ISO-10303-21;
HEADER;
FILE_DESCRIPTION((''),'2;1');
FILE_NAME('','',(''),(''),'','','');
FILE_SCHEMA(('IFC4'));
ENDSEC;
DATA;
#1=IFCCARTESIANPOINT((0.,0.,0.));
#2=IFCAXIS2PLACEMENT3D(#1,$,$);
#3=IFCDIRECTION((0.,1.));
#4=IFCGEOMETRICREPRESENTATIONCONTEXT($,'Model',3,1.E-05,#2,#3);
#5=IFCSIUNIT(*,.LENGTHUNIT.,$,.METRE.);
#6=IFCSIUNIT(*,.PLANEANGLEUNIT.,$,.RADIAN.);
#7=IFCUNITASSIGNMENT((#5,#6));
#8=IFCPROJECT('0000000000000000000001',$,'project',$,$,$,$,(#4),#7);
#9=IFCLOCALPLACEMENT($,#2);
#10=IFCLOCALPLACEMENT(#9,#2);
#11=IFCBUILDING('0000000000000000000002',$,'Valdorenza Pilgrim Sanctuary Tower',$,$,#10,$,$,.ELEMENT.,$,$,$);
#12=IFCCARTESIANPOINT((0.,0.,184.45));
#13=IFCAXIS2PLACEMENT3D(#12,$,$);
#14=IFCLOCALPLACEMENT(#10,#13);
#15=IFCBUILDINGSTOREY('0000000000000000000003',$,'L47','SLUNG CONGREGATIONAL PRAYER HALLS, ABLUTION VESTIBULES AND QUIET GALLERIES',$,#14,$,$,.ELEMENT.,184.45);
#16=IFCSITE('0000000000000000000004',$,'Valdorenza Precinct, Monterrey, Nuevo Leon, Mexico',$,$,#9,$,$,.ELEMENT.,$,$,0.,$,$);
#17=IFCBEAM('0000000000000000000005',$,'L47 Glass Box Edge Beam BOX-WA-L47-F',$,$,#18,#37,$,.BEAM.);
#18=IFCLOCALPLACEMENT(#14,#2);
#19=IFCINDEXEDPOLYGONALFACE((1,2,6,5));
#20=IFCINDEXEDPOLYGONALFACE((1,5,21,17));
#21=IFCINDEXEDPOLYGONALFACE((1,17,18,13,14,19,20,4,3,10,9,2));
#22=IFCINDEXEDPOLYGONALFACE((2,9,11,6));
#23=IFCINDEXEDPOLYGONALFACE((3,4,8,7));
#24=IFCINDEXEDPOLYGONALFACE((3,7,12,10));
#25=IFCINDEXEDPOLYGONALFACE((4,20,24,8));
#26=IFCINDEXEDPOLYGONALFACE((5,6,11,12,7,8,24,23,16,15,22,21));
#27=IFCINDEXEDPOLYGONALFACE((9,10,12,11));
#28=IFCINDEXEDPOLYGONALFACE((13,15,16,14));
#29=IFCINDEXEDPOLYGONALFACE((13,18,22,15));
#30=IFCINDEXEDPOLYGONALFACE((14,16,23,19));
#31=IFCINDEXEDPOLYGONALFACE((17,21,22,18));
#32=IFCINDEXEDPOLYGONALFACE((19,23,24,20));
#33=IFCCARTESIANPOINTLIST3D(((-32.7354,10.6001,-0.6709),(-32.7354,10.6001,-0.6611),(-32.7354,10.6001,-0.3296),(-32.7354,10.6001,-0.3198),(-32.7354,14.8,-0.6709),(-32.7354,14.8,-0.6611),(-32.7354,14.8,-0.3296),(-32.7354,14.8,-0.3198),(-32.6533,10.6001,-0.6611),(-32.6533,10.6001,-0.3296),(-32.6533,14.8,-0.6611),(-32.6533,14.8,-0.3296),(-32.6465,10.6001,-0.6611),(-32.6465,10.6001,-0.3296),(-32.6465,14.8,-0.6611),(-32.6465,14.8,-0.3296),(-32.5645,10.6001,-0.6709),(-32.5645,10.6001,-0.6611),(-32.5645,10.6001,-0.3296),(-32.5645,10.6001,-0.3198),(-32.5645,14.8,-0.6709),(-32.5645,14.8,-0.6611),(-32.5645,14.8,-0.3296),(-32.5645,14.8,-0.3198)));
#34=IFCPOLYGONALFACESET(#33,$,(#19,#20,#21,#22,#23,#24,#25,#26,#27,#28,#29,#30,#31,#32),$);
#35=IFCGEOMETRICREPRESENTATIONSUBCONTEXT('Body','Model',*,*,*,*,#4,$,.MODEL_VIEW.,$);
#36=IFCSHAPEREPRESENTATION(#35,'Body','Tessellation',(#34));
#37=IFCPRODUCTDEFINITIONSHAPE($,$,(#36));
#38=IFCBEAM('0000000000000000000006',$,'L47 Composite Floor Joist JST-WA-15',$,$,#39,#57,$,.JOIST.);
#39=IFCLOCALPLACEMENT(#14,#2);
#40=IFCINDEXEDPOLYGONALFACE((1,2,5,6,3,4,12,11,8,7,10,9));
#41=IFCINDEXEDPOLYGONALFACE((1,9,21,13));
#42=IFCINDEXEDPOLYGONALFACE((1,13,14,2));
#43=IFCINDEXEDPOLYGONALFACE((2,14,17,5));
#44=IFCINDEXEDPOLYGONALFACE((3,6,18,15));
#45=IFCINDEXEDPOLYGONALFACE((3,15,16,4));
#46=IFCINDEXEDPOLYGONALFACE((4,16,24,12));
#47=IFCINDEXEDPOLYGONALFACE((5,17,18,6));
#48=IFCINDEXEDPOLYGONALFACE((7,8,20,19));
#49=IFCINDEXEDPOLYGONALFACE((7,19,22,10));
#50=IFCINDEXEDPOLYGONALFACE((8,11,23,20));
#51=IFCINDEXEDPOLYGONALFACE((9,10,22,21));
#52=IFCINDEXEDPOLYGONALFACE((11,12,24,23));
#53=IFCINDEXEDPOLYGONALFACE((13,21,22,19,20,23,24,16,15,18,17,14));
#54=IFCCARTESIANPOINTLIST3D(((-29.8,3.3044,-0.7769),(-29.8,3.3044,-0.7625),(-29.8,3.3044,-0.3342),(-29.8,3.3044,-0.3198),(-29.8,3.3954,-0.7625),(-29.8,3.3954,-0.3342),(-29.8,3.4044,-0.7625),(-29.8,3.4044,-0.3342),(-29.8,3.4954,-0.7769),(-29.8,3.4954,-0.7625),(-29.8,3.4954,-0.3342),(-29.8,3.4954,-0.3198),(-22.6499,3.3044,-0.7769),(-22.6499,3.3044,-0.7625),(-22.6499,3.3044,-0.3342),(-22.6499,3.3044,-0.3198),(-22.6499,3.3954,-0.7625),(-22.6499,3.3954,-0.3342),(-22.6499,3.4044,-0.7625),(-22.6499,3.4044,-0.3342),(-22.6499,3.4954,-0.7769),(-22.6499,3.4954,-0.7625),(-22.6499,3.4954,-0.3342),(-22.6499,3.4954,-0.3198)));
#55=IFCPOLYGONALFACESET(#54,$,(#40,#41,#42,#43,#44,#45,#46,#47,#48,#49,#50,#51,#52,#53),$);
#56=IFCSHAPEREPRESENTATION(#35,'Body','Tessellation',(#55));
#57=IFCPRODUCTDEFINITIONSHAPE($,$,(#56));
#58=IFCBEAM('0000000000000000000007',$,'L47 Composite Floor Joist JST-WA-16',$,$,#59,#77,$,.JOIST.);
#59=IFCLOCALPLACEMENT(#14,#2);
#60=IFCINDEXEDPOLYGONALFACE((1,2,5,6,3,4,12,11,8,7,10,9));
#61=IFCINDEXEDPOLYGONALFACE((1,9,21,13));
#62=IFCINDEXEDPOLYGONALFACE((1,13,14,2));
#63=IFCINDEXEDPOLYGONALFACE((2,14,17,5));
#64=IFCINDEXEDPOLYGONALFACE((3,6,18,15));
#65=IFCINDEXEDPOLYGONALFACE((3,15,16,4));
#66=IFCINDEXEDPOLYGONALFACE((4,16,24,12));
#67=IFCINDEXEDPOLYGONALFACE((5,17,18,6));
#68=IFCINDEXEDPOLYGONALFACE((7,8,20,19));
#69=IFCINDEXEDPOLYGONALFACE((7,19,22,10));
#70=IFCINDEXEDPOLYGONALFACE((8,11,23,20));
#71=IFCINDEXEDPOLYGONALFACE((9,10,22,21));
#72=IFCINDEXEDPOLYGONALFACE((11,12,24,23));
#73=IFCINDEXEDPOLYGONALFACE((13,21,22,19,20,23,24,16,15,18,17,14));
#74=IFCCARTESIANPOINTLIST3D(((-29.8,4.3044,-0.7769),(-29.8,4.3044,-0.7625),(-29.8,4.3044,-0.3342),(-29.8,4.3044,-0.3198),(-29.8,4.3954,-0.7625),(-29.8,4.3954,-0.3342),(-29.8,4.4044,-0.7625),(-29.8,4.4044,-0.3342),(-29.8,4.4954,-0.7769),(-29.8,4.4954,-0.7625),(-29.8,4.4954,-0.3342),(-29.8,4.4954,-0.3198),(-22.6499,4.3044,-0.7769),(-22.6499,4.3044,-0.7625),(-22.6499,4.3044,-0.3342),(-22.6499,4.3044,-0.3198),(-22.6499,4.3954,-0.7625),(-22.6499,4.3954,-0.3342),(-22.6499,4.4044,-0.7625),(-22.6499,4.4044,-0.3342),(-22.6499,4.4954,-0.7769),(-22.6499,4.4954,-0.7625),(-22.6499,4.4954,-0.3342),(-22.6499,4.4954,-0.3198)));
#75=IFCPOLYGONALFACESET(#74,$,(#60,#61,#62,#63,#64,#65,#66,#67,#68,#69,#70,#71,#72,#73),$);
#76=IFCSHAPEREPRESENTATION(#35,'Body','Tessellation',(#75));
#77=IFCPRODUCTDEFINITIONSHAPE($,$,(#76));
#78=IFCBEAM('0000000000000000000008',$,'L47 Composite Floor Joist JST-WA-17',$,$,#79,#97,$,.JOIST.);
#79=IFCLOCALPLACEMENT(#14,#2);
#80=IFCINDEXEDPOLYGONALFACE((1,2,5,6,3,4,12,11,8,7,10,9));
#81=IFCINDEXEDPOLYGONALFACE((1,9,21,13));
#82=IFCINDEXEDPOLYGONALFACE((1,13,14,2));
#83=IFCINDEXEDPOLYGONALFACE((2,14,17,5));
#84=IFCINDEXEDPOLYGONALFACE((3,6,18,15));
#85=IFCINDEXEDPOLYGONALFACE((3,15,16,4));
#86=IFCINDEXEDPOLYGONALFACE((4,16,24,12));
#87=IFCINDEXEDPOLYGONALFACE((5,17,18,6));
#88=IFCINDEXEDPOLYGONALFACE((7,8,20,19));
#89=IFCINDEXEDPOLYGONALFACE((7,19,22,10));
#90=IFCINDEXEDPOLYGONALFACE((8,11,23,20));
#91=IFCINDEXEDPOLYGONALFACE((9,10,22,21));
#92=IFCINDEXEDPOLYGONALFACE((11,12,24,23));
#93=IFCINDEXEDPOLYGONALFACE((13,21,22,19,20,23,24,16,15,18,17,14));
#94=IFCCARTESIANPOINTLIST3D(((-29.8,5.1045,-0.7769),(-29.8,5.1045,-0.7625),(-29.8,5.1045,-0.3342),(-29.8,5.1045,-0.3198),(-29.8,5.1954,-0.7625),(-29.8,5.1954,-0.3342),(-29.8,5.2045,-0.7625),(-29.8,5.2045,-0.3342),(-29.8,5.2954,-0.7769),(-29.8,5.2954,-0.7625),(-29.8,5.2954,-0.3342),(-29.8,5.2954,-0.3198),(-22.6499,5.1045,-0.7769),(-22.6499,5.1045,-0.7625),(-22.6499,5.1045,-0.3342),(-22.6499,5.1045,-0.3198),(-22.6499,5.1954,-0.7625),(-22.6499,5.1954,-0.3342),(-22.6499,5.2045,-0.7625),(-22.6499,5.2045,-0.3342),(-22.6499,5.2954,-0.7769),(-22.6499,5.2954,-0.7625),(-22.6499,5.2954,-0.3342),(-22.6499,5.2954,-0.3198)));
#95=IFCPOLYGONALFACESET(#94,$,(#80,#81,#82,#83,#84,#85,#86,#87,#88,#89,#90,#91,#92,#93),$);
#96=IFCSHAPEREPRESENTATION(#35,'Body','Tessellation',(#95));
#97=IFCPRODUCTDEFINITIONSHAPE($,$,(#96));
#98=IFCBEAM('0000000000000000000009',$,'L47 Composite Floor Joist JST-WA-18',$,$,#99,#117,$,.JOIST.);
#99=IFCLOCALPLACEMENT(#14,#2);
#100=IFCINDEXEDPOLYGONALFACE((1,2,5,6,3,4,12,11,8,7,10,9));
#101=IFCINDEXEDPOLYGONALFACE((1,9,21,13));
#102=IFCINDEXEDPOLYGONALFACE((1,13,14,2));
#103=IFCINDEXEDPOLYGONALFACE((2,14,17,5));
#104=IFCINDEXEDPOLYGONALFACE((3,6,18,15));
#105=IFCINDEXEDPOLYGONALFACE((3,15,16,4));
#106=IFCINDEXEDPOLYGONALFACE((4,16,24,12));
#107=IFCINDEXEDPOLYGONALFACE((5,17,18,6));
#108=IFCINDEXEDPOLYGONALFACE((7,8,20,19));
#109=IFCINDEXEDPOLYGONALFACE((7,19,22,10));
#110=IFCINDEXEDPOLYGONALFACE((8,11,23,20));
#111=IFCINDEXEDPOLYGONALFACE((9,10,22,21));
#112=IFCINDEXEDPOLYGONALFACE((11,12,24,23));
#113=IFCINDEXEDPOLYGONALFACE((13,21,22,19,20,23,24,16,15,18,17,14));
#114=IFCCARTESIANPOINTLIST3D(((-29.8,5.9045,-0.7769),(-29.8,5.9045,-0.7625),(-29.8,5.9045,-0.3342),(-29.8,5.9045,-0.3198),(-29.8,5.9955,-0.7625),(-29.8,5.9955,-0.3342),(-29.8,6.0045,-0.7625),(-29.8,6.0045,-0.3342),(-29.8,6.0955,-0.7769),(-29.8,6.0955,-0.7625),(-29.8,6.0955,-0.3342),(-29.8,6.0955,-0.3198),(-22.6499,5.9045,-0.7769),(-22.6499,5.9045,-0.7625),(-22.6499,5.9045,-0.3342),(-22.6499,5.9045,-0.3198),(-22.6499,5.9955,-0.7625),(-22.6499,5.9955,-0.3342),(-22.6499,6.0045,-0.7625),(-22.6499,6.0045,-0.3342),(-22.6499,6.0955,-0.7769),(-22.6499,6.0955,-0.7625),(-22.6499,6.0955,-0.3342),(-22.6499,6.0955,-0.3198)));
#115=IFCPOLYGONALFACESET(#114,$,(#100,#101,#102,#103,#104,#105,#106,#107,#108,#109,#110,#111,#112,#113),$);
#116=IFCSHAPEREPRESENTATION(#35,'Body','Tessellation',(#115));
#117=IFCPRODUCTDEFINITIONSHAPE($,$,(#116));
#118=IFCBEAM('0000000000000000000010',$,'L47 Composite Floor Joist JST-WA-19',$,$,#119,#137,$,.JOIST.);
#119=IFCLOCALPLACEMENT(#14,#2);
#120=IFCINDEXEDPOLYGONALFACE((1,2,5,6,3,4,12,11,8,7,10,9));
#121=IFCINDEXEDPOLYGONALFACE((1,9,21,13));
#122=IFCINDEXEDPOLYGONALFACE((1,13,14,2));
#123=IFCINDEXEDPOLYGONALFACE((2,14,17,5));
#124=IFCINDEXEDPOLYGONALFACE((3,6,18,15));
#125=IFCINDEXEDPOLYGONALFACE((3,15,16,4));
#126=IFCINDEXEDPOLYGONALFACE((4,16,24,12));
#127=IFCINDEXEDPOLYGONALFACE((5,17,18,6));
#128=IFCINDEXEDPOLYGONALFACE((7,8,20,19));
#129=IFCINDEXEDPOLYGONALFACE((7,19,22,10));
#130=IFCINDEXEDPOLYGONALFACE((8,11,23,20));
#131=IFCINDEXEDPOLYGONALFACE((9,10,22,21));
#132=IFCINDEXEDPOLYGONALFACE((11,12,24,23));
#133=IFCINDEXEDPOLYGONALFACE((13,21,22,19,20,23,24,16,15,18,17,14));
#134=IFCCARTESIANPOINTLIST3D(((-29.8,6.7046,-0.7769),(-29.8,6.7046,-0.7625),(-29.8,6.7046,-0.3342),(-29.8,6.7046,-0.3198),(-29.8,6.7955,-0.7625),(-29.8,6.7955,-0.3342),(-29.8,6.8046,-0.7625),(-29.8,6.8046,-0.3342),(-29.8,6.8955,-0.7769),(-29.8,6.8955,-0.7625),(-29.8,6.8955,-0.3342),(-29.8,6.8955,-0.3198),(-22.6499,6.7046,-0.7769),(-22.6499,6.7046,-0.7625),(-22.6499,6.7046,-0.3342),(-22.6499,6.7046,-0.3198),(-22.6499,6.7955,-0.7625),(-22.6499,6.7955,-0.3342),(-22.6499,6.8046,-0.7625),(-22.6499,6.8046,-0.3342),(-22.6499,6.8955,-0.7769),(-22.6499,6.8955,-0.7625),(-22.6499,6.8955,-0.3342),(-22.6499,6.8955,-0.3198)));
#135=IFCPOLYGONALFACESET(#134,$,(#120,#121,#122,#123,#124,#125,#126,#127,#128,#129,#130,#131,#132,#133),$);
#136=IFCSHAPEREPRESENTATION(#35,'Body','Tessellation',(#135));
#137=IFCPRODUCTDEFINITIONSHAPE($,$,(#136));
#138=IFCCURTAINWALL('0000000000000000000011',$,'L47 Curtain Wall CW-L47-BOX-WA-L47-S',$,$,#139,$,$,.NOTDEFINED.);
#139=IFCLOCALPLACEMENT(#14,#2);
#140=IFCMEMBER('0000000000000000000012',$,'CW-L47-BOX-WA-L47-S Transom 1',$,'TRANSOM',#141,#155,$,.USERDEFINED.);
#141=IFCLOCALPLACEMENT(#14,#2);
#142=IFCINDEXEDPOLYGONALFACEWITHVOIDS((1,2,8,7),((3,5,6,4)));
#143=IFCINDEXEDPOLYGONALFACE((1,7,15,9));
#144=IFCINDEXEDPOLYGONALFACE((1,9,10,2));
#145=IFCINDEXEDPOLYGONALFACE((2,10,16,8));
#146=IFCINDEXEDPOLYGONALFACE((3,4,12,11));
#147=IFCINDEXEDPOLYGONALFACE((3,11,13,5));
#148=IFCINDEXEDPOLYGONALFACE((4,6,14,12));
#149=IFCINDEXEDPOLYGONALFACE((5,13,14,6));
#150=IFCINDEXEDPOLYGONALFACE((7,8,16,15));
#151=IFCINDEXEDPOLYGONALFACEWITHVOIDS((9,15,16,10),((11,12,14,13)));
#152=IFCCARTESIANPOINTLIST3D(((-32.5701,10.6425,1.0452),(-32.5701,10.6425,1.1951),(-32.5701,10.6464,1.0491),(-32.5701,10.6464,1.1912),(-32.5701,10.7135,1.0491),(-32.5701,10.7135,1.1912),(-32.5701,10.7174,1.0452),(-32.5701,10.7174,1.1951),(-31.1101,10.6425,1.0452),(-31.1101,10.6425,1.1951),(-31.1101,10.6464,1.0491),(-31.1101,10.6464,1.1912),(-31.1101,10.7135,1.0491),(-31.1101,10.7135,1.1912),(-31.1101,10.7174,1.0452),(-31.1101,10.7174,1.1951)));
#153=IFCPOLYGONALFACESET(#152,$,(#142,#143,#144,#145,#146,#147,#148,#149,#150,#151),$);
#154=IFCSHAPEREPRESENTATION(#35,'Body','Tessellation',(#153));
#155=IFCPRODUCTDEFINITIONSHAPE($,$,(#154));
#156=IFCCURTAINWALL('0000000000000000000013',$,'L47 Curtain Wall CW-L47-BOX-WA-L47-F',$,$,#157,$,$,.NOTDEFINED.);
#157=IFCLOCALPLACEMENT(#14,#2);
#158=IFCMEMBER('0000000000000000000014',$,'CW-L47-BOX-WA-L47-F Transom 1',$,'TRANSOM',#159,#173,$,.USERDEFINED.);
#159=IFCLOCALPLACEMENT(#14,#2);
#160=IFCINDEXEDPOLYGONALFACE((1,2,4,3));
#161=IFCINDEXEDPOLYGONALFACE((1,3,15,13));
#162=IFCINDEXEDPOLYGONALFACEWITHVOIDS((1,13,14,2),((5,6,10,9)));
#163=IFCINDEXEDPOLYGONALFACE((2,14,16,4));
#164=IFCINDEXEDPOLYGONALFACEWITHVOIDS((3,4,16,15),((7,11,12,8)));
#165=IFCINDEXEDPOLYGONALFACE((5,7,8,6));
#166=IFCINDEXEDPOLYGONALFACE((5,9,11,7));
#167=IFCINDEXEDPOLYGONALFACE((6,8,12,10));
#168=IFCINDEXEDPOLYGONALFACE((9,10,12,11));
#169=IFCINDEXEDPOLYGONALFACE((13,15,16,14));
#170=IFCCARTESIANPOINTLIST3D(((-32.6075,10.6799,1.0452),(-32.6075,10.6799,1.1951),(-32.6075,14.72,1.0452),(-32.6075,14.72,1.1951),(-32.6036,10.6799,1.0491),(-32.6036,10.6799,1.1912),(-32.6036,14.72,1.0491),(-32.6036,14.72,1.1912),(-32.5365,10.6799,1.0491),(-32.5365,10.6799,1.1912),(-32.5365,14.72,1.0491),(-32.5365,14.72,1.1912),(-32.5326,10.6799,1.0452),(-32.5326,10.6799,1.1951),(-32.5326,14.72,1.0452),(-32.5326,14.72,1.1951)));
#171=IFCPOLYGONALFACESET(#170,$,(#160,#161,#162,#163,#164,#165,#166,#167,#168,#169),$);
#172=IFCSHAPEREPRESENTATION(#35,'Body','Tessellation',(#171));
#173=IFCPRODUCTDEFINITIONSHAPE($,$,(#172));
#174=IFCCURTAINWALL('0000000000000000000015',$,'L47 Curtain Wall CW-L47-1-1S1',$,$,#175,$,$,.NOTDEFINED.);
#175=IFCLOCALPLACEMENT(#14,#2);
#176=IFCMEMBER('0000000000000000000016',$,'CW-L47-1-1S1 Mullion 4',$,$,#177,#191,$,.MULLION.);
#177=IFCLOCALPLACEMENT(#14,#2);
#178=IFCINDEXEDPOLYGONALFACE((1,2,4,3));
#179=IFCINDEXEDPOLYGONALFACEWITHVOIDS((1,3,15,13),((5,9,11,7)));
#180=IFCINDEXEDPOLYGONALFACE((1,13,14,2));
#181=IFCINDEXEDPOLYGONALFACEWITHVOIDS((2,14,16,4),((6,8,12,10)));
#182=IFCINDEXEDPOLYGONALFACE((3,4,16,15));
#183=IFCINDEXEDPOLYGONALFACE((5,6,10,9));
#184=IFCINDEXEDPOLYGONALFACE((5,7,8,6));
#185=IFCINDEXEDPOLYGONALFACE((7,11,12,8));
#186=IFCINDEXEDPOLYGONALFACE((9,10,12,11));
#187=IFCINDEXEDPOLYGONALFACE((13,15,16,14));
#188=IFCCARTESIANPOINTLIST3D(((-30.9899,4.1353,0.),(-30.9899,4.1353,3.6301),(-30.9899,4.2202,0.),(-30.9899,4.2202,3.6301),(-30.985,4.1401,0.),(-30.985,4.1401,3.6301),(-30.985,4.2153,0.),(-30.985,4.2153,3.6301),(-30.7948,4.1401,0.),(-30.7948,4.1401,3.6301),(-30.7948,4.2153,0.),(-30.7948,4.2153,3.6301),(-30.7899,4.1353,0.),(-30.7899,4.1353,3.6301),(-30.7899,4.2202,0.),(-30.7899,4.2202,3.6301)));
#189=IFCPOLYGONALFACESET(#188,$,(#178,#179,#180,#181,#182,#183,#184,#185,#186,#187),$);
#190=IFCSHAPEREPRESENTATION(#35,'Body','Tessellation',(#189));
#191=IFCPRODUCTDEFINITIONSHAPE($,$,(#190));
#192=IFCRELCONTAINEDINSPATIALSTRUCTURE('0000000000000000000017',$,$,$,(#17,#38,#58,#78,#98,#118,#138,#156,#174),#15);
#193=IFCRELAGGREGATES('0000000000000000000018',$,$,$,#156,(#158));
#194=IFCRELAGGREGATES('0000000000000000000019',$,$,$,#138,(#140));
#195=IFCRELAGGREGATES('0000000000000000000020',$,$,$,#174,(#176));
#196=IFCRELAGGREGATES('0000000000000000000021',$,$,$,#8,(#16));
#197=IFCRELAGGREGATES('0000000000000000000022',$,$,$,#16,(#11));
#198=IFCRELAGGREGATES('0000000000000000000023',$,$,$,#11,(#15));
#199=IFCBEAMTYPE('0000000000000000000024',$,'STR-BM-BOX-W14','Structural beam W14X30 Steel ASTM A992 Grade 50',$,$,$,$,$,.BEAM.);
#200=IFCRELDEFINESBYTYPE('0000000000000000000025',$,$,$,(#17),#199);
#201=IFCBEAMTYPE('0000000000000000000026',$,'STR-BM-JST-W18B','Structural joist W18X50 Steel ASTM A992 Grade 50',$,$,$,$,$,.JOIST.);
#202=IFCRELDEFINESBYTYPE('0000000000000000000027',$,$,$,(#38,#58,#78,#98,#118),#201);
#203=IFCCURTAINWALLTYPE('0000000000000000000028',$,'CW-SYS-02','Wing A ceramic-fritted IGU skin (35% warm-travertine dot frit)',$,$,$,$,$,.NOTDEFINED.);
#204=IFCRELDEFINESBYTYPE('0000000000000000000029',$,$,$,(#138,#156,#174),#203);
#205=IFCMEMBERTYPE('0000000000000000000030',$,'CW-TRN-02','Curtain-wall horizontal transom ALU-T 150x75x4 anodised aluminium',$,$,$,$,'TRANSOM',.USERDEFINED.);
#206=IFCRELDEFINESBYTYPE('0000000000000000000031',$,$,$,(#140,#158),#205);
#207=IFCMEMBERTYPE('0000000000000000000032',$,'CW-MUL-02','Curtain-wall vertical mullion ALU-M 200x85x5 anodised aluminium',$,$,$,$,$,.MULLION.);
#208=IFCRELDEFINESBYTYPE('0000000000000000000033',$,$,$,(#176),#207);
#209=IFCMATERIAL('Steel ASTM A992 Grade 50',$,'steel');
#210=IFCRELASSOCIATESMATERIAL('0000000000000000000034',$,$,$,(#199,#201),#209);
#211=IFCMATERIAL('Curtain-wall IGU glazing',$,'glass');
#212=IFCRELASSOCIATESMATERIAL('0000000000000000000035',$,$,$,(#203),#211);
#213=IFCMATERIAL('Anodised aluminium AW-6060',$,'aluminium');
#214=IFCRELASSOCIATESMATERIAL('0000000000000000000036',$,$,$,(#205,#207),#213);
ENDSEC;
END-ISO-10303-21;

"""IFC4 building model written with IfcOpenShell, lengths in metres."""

from ifc_helpers import new_model, si_unit, direction, frame, origin, origin_2d, place, context, subcontext, project, spatial, hollow_rectangle, i_section, extrude, source, transform, mapped, material, material_profile, profile_set, type_object, element, aggregate, save


model = new_model("IFC4")

# Units and contexts
model_context = context("Model", 3, precision=1e-05, world=origin(), true_north=direction((0.0, 1.0)))
body_context = subcontext(model_context, "Body", "Model", "MODEL_VIEW")
ifc_project = project(units=[si_unit("LENGTHUNIT", "METRE"), si_unit("PLANEANGLEUNIT", "RADIAN")], contexts=[model_context])

# Site, building, storey
site_placement = place(None, origin())
site = spatial("IfcSite", under=ifc_project, at=site_placement, Name="Valdorenza Precinct, Monterrey, Nuevo Leon, Mexico", CompositionType="ELEMENT", RefElevation=0.0)
building_placement = place(site_placement, origin())
building = spatial("IfcBuilding", under=site, at=building_placement, Name="Valdorenza Pilgrim Sanctuary Tower", CompositionType="ELEMENT")
storey_placement = place(building_placement, frame((0.0, 0.0, 184.45)))
storey = spatial("IfcBuildingStorey", under=building, at=storey_placement, Name="L47", Description="SLUNG CONGREGATIONAL PRAYER HALLS, ABLUTION VESTIBULES AND QUIET GALLERIES", CompositionType="ELEMENT", Elevation=184.45)

# Beams
ifc_material_1 = material(Name="Steel ASTM A992 Grade 50", Category="steel")
ifc_material_profile_1 = material_profile(ifc_material_1, i_section(OverallWidth=0.1709, OverallDepth=0.3511, WebThickness=0.0068, FlangeThickness=0.0098, at=origin_2d()), Name="W14X30")
ifc_profile_set_1 = profile_set([ifc_material_profile_1], Name="Steel ASTM A992 Grade 50")
beam_type_1 = type_object("IfcBeamType", Name="STR-BM-BOX-W14", Description="Structural beam W14X30 Steel ASTM A992 Grade 50", PredefinedType="BEAM", material=ifc_profile_set_1)
shared_shape_1 = source(origin(), body_context, "Body", "SweptSolid", [
    extrude(i_section(OverallWidth=0.1709, OverallDepth=0.3511, WebThickness=0.0068, FlangeThickness=0.0098, at=origin_2d()), origin(), (0.0, 0.0, 1.0), 4.2),
])
beam_placement = place(storey_placement, frame((-32.6499, 10.6001, -0.4954), z_axis=(0.0, 1.0, 0.0), x_axis=(-1.0, 0.0, 0.0)))
element("IfcBeam", 1, at=beam_placement, inside=storey, type_object=beam_type_1, Name="L47 Glass Box Edge Beam BOX-WA-L47-F", PredefinedType="BEAM", context=body_context, shape_type="MappedRepresentation", body=[
    mapped(shared_shape_1, transform((0.0, 0.0, 0.0), x_axis=(1.0, 0.0, 0.0), y_axis=(0.0, 1.0, 0.0), z_axis=(0.0, 0.0, 1.0), scale=1.0)),
])
ifc_material_profile_2 = material_profile(ifc_material_1, i_section(OverallWidth=0.1909, OverallDepth=0.457, WebThickness=0.009, FlangeThickness=0.0144, at=origin_2d()), Name="W18X50")
ifc_profile_set_2 = profile_set([ifc_material_profile_2], Name="Steel ASTM A992 Grade 50")
beam_type_2 = type_object("IfcBeamType", Name="STR-BM-JST-W18B", Description="Structural joist W18X50 Steel ASTM A992 Grade 50", PredefinedType="JOIST", material=ifc_profile_set_2)
shared_shape_2 = source(origin(), body_context, "Body", "SweptSolid", [
    extrude(i_section(OverallWidth=0.1909, OverallDepth=0.457, WebThickness=0.009, FlangeThickness=0.0144, at=origin_2d()), origin(), (0.0, 0.0, 1.0), 7.1501),
])
for number, where, z_axis, x_axis, name in (
    (2, (-29.8, 3.3999, -0.5483), (1.0, 0.0, 0.0), (0.0, 1.0, 0.0), "L47 Composite Floor Joist JST-WA-15"),
    (3, (-29.8, 4.3999, -0.5483), (1.0, 0.0, 0.0), (0.0, 1.0, 0.0), "L47 Composite Floor Joist JST-WA-16"),
    (4, (-29.8, 5.2, -0.5483), (1.0, 0.0, 0.0), (0.0, 1.0, 0.0), "L47 Composite Floor Joist JST-WA-17"),
    (5, (-29.8, 6.0, -0.5483), (1.0, 0.0, 0.0), (0.0, 1.0, 0.0), "L47 Composite Floor Joist JST-WA-18"),
    (6, (-29.8, 6.8, -0.5483), (1.0, 0.0, 0.0), (0.0, 1.0, 0.0), "L47 Composite Floor Joist JST-WA-19"),
):
    element("IfcBeam", number, at=place(storey_placement, frame(where, z_axis=z_axis, x_axis=x_axis)), inside=storey, type_object=beam_type_2, Name=name, PredefinedType="JOIST", context=body_context, shape_type="MappedRepresentation", body=[
        mapped(shared_shape_2, transform((0.0, 0.0, 0.0), x_axis=(1.0, 0.0, 0.0), y_axis=(0.0, 1.0, 0.0), z_axis=(0.0, 0.0, 1.0), scale=1.0)),
    ])

# Curtain walls, members
ifc_material_2 = material(Name="Curtain-wall IGU glazing", Category="glass")
curtain_wall_type = type_object("IfcCurtainWallType", Name="CW-SYS-02", Description="Wing A ceramic-fritted IGU skin (35% warm-travertine dot frit)", PredefinedType="NOTDEFINED", material=ifc_material_2)
curtain_wall_1_placement = place(storey_placement, origin())
curtain_wall_1 = element("IfcCurtainWall", 7, at=curtain_wall_1_placement, inside=storey, type_object=curtain_wall_type, Name="L47 Curtain Wall CW-L47-BOX-WA-L47-S", PredefinedType="NOTDEFINED")
ifc_material_3 = material(Name="Anodised aluminium AW-6060", Category="aluminium")
ifc_material_profile_3 = material_profile(ifc_material_3, hollow_rectangle(XDim=0.075, YDim=0.1499, WallThickness=0.0039, at=origin_2d()), Name="ALU-T 150x75x4")
ifc_profile_set_3 = profile_set([ifc_material_profile_3], Name="Anodised aluminium AW-6060")
member_type_1 = type_object("IfcMemberType", Name="CW-TRN-02", Description="Curtain-wall horizontal transom ALU-T 150x75x4 anodised aluminium", ElementType="TRANSOM", PredefinedType="USERDEFINED", material=ifc_profile_set_3)
shared_shape_3 = source(origin(), body_context, "Body", "SweptSolid", [
    extrude(hollow_rectangle(XDim=0.075, YDim=0.1499, WallThickness=0.0039, at=origin_2d()), origin(), (0.0, 0.0, 1.0), 1.46),
])
member_1_placement = place(storey_placement, frame((-31.1101, 10.6799, 1.1201), z_axis=(-1.0, 0.0, 0.0), x_axis=(0.0, -1.0, 0.0)))
member_1 = element("IfcMember", 8, at=member_1_placement, type_object=member_type_1, Name="CW-L47-BOX-WA-L47-S Transom 1", ObjectType="TRANSOM", PredefinedType="USERDEFINED", context=body_context, shape_type="MappedRepresentation", body=[
    mapped(shared_shape_3, transform((0.0, 0.0, 0.0), x_axis=(1.0, 0.0, 0.0), y_axis=(0.0, 1.0, 0.0), z_axis=(0.0, 0.0, 1.0), scale=1.0)),
])
curtain_wall_2_placement = place(storey_placement, origin())
curtain_wall_2 = element("IfcCurtainWall", 9, at=curtain_wall_2_placement, inside=storey, type_object=curtain_wall_type, Name="L47 Curtain Wall CW-L47-BOX-WA-L47-F", PredefinedType="NOTDEFINED")
shared_shape_4 = source(origin(), body_context, "Body", "SweptSolid", [
    extrude(hollow_rectangle(XDim=0.075, YDim=0.1499, WallThickness=0.0039, at=origin_2d()), origin(), (0.0, 0.0, 1.0), 4.04),
])
member_2_placement = place(storey_placement, frame((-32.5701, 10.6799, 1.1201), z_axis=(0.0, 1.0, 0.0), x_axis=(-1.0, 0.0, 0.0)))
member_2 = element("IfcMember", 10, at=member_2_placement, type_object=member_type_1, Name="CW-L47-BOX-WA-L47-F Transom 1", ObjectType="TRANSOM", PredefinedType="USERDEFINED", context=body_context, shape_type="MappedRepresentation", body=[
    mapped(shared_shape_4, transform((0.0, 0.0, 0.0), x_axis=(1.0, 0.0, 0.0), y_axis=(0.0, 1.0, 0.0), z_axis=(0.0, 0.0, 1.0), scale=1.0)),
])
aggregate(curtain_wall_2, [member_2])

# Curtain wall, member
curtain_wall_3_placement = place(storey_placement, origin())
curtain_wall_3 = element("IfcCurtainWall", 11, at=curtain_wall_3_placement, inside=storey, type_object=curtain_wall_type, Name="L47 Curtain Wall CW-L47-1-1S1", PredefinedType="NOTDEFINED")
ifc_material_profile_4 = material_profile(ifc_material_3, hollow_rectangle(XDim=0.085, YDim=0.2, WallThickness=0.0049, at=origin_2d()), Name="ALU-M 200x85x5")
ifc_profile_set_4 = profile_set([ifc_material_profile_4], Name="Anodised aluminium AW-6060")
member_type_2 = type_object("IfcMemberType", Name="CW-MUL-02", Description="Curtain-wall vertical mullion ALU-M 200x85x5 anodised aluminium", PredefinedType="MULLION", material=ifc_profile_set_4)
shared_shape_5 = source(origin(), body_context, "Body", "SweptSolid", [
    extrude(hollow_rectangle(XDim=0.085, YDim=0.2, WallThickness=0.0049, at=origin_2d()), origin(), (0.0, 0.0, 1.0), 3.6301),
])
member_3_placement = place(storey_placement, frame((-30.8899, 4.1777, 0.0), z_axis=(0.0, 0.0, 1.0), x_axis=(0.0, 1.0, 0.0)))
member_3 = element("IfcMember", 12, at=member_3_placement, type_object=member_type_2, Name="CW-L47-1-1S1 Mullion 4", PredefinedType="MULLION", context=body_context, shape_type="MappedRepresentation", body=[
    mapped(shared_shape_5, transform((0.0, 0.0, 0.0), x_axis=(1.0, 0.0, 0.0), y_axis=(0.0, 1.0, 0.0), z_axis=(0.0, 0.0, 1.0), scale=1.0)),
])

aggregate(curtain_wall_1, [member_1])
aggregate(curtain_wall_3, [member_3])

save(model, "model.ifc")
